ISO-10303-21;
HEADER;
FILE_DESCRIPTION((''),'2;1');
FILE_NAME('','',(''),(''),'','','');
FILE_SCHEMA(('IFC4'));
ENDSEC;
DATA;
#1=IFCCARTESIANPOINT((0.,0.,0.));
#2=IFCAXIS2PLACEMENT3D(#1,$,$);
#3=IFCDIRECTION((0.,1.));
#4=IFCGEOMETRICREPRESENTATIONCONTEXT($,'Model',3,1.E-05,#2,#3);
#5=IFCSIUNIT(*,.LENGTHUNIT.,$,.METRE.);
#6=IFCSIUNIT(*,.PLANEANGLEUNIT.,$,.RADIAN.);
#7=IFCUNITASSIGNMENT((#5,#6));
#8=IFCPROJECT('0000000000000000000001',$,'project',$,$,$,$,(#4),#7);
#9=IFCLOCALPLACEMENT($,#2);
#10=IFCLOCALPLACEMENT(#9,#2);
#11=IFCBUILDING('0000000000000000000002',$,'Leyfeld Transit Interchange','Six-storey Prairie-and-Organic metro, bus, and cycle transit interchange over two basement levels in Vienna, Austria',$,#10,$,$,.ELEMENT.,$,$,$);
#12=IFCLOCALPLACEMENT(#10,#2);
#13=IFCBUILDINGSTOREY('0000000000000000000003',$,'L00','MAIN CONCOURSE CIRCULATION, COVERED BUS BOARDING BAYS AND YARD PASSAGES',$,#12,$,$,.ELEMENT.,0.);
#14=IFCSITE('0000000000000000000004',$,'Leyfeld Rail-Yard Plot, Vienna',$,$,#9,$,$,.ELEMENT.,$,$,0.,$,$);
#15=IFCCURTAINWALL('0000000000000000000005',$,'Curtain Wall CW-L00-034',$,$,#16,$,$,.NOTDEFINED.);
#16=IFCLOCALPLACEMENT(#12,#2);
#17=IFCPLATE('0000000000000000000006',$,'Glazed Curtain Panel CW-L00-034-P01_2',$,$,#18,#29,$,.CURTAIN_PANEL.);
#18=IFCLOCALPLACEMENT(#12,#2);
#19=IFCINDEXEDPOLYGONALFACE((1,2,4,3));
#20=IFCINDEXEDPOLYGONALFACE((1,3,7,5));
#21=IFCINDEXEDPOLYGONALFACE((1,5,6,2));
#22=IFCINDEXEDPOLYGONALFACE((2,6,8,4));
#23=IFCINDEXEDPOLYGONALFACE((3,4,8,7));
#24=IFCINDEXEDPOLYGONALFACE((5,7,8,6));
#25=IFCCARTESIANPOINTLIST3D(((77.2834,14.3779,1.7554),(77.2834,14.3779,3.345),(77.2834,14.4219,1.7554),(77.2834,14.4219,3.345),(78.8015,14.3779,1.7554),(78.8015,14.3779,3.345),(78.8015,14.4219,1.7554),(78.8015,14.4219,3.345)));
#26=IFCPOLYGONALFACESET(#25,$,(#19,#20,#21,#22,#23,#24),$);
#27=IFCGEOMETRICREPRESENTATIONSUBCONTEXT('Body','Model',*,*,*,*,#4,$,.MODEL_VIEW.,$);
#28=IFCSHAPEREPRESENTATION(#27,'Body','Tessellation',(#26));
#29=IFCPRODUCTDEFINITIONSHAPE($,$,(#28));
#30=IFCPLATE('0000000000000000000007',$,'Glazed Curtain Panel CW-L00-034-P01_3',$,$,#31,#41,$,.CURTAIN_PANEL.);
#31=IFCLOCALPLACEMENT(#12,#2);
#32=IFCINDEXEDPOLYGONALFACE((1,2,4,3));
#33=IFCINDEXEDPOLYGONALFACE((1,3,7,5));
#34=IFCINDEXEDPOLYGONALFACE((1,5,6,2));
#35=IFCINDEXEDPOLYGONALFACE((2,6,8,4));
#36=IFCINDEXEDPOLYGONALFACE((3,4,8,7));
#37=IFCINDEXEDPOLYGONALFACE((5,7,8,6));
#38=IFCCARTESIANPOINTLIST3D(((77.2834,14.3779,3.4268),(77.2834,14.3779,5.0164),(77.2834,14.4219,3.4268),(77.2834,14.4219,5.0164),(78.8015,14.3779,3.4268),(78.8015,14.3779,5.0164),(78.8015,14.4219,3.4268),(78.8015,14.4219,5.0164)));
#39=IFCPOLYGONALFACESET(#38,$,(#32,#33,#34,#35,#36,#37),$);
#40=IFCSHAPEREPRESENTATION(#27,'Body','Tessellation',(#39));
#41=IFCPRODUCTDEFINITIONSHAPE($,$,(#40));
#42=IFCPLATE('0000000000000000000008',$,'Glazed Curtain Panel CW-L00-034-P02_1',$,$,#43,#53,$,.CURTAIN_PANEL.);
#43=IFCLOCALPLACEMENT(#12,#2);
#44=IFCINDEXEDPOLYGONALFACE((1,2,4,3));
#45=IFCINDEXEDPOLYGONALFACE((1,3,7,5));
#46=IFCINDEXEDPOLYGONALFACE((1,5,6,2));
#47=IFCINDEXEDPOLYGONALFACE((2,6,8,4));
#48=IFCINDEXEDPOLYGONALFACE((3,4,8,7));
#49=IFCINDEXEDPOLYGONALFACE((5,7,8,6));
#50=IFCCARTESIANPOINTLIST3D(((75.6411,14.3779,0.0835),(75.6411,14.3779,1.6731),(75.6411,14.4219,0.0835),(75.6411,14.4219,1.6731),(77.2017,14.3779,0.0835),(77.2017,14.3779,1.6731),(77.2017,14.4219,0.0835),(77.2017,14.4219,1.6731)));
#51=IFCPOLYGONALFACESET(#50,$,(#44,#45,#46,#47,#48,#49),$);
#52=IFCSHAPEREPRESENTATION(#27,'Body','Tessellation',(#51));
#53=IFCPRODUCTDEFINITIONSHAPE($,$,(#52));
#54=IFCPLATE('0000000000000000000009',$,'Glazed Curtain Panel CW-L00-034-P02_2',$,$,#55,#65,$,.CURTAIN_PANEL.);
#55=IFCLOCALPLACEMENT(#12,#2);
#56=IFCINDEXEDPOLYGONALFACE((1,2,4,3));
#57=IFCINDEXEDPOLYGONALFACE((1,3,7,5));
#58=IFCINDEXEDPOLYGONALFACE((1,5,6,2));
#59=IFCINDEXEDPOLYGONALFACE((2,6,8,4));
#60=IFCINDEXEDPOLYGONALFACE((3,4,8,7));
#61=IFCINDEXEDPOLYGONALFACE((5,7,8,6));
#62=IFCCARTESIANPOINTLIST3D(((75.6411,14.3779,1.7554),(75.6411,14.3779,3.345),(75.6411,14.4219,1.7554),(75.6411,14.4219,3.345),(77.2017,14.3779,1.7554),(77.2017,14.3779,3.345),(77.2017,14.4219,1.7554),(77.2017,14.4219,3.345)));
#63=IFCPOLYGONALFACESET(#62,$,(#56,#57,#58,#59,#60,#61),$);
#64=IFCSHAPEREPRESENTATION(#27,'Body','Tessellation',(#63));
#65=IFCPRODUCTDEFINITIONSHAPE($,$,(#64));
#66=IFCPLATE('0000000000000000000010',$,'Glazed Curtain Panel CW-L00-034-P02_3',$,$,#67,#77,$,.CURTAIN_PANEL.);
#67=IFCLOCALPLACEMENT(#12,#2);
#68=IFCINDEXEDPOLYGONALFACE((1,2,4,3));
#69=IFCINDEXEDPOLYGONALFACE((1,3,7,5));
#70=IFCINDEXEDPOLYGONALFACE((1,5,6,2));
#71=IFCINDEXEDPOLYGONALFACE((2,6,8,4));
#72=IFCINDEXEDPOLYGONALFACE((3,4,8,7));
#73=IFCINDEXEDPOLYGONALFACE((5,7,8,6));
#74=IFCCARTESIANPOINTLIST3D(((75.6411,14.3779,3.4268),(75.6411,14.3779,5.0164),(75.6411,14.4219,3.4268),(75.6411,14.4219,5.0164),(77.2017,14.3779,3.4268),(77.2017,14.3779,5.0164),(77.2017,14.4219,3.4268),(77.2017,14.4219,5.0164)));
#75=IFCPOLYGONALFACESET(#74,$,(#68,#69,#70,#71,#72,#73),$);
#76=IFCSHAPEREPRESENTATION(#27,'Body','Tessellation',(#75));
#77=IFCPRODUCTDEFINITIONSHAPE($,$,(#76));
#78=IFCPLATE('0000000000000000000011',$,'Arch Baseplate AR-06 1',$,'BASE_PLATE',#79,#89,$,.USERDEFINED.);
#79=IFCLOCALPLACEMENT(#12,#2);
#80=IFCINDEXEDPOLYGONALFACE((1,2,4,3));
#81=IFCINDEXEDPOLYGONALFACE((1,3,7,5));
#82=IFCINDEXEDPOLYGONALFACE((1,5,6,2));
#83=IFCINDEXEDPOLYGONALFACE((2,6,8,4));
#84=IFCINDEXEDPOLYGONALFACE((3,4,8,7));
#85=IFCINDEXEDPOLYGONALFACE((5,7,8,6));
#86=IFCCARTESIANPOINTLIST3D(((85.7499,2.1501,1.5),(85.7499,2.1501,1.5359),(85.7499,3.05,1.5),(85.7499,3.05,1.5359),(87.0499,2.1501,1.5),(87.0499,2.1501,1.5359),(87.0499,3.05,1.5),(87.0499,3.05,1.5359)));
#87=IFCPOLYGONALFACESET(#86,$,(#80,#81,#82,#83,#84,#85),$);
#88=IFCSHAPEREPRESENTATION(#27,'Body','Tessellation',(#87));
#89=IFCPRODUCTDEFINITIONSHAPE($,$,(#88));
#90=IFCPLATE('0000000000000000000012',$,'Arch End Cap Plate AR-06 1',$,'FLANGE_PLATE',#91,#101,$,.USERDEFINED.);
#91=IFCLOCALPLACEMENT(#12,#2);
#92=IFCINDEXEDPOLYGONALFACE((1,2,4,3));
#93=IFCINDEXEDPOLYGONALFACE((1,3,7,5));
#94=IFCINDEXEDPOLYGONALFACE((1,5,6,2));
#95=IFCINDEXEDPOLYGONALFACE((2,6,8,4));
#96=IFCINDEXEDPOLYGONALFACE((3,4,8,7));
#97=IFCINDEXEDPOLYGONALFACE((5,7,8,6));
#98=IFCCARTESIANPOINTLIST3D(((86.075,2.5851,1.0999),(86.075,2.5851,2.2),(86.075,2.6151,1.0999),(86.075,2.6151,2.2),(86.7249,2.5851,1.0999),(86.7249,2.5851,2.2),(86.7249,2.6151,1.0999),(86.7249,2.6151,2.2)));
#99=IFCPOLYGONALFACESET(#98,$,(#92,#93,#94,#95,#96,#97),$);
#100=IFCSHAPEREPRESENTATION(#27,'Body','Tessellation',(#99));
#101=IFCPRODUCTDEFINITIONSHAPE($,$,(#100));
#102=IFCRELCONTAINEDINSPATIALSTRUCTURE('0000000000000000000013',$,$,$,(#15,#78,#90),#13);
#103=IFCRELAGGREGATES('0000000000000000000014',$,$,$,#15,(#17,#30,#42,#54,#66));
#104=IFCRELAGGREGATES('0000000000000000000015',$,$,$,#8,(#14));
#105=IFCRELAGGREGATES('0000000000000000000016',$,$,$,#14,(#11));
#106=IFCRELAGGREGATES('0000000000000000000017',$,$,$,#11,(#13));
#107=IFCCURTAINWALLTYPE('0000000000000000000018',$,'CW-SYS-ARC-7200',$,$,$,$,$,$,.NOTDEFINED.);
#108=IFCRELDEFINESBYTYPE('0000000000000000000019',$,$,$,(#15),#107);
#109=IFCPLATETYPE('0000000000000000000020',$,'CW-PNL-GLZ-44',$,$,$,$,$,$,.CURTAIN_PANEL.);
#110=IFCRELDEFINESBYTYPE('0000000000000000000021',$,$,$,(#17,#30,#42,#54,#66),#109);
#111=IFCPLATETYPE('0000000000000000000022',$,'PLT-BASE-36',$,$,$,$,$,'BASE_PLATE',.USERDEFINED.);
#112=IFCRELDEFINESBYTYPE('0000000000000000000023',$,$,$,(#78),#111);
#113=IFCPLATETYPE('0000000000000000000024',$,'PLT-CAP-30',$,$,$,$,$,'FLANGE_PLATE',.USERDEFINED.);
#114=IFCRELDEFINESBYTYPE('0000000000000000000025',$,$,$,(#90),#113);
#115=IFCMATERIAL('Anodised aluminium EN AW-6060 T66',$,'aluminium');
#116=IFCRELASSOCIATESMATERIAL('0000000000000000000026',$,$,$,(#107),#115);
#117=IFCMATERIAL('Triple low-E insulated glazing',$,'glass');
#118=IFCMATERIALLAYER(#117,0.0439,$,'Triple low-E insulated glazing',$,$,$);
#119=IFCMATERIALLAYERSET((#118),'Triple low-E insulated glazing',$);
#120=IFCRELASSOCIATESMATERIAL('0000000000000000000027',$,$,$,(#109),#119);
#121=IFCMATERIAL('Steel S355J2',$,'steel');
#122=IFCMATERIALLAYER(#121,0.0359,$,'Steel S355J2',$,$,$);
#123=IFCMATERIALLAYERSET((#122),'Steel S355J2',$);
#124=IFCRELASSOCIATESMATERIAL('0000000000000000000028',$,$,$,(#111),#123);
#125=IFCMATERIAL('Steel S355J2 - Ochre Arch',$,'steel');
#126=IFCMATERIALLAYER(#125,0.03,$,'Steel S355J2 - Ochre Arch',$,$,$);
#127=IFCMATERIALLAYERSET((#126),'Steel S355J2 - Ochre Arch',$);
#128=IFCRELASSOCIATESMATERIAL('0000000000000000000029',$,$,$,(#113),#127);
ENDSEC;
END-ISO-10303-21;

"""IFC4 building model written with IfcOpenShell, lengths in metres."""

from ifc_helpers import new_model, si_unit, direction, frame, origin, origin_2d, place, context, subcontext, project, spatial, rectangle, extrude, material, layer, layer_set, type_object, element, aggregate, save


model = new_model("IFC4")

# Units and contexts
model_context = context("Model", 3, precision=1e-05, world=origin(), true_north=direction((0.0, 1.0)))
body_context = subcontext(model_context, "Body", "Model", "MODEL_VIEW")
ifc_project = project(units=[si_unit("LENGTHUNIT", "METRE"), si_unit("PLANEANGLEUNIT", "RADIAN")], contexts=[model_context])

# Site, building, storey
site_placement = place(None, origin())
site = spatial("IfcSite", under=ifc_project, at=site_placement, Name="Leyfeld Rail-Yard Plot, Vienna", CompositionType="ELEMENT", RefElevation=0.0)
building_placement = place(site_placement, origin())
building = spatial("IfcBuilding", under=site, at=building_placement, Name="Leyfeld Transit Interchange", Description="Six-storey Prairie-and-Organic metro, bus, and cycle transit interchange over two basement levels in Vienna, Austria", CompositionType="ELEMENT")
storey_placement = place(building_placement, origin())
storey = spatial("IfcBuildingStorey", under=building, at=storey_placement, Name="L00", Description="MAIN CONCOURSE CIRCULATION, COVERED BUS BOARDING BAYS AND YARD PASSAGES", CompositionType="ELEMENT", Elevation=0.0)

# Curtain wall, plates
ifc_material_1 = material(Name="Anodised aluminium EN AW-6060 T66", Category="aluminium")
curtain_wall_type = type_object("IfcCurtainWallType", Name="CW-SYS-ARC-7200", PredefinedType="NOTDEFINED", material=ifc_material_1)
curtain_wall_placement = place(storey_placement, origin())
curtain_wall = element("IfcCurtainWall", 1, at=curtain_wall_placement, inside=storey, type_object=curtain_wall_type, Name="Curtain Wall CW-L00-034", PredefinedType="NOTDEFINED")
ifc_material_2 = material(Name="Triple low-E insulated glazing", Category="glass")
ifc_layer_1 = layer(ifc_material_2, 0.0439, Name="Triple low-E insulated glazing")
ifc_layer_set_1 = layer_set([ifc_layer_1], Name="Triple low-E insulated glazing")
plate_type_1 = type_object("IfcPlateType", Name="CW-PNL-GLZ-44", PredefinedType="CURTAIN_PANEL", material=ifc_layer_set_1)
plate_1_placement = place(storey_placement, frame((78.0425, 14.3999, 1.7554), z_axis=(0.0, 0.0, 1.0), x_axis=(-1.0, 0.0, 0.0)))
plate_1 = element("IfcPlate", 2, at=plate_1_placement, type_object=plate_type_1, Name="Glazed Curtain Panel CW-L00-034-P01_2", PredefinedType="CURTAIN_PANEL", context=body_context, shape_type="SweptSolid", body=[
    extrude(rectangle(XDim=1.5181, YDim=0.0439, at=origin_2d()), origin(), (0.0, 0.0, 1.0), 1.5896),
])
plate_2_placement = place(storey_placement, frame((78.0425, 14.3999, 3.4268), z_axis=(0.0, 0.0, 1.0), x_axis=(-1.0, 0.0, 0.0)))
plate_2 = element("IfcPlate", 3, at=plate_2_placement, type_object=plate_type_1, Name="Glazed Curtain Panel CW-L00-034-P01_3", PredefinedType="CURTAIN_PANEL", context=body_context, shape_type="SweptSolid", body=[
    extrude(rectangle(XDim=1.5181, YDim=0.0439, at=origin_2d()), origin(), (0.0, 0.0, 1.0), 1.5896),
])
plate_3_placement = place(storey_placement, frame((76.4214, 14.3999, 0.0835), z_axis=(0.0, 0.0, 1.0), x_axis=(-1.0, 0.0, 0.0)))
plate_3 = element("IfcPlate", 4, at=plate_3_placement, type_object=plate_type_1, Name="Glazed Curtain Panel CW-L00-034-P02_1", PredefinedType="CURTAIN_PANEL", context=body_context, shape_type="SweptSolid", body=[
    extrude(rectangle(XDim=1.5605, YDim=0.0439, at=origin_2d()), origin(), (0.0, 0.0, 1.0), 1.5896),
])
plate_4_placement = place(storey_placement, frame((76.4214, 14.3999, 1.7554), z_axis=(0.0, 0.0, 1.0), x_axis=(-1.0, 0.0, 0.0)))
plate_4 = element("IfcPlate", 5, at=plate_4_placement, type_object=plate_type_1, Name="Glazed Curtain Panel CW-L00-034-P02_2", PredefinedType="CURTAIN_PANEL", context=body_context, shape_type="SweptSolid", body=[
    extrude(rectangle(XDim=1.5605, YDim=0.0439, at=origin_2d()), origin(), (0.0, 0.0, 1.0), 1.5896),
])
plate_5_placement = place(storey_placement, frame((76.4214, 14.3999, 3.4268), z_axis=(0.0, 0.0, 1.0), x_axis=(-1.0, 0.0, 0.0)))
plate_5 = element("IfcPlate", 6, at=plate_5_placement, type_object=plate_type_1, Name="Glazed Curtain Panel CW-L00-034-P02_3", PredefinedType="CURTAIN_PANEL", context=body_context, shape_type="SweptSolid", body=[
    extrude(rectangle(XDim=1.5605, YDim=0.0439, at=origin_2d()), origin(), (0.0, 0.0, 1.0), 1.5896),
])
aggregate(curtain_wall, [plate_1, plate_2, plate_3, plate_4, plate_5])

# Plates
ifc_material_3 = material(Name="Steel S355J2", Category="steel")
ifc_layer_2 = layer(ifc_material_3, 0.0359, Name="Steel S355J2")
ifc_layer_set_2 = layer_set([ifc_layer_2], Name="Steel S355J2")
plate_type_2 = type_object("IfcPlateType", Name="PLT-BASE-36", ElementType="BASE_PLATE", PredefinedType="USERDEFINED", material=ifc_layer_set_2)
plate_6_placement = place(storey_placement, frame((86.3999, 2.6001, 1.5), z_axis=(0.0, 0.0, 1.0), x_axis=(1.0, 0.0, 0.0)))
element("IfcPlate", 7, at=plate_6_placement, inside=storey, type_object=plate_type_2, Name="Arch Baseplate AR-06 1", ObjectType="BASE_PLATE", PredefinedType="USERDEFINED", context=body_context, shape_type="SweptSolid", body=[
    extrude(rectangle(XDim=1.3, YDim=0.8999, at=origin_2d()), origin(), (0.0, 0.0, 1.0), 0.0359),
])
ifc_material_4 = material(Name="Steel S355J2 - Ochre Arch", Category="steel")
ifc_layer_3 = layer(ifc_material_4, 0.03, Name="Steel S355J2 - Ochre Arch")
ifc_layer_set_3 = layer_set([ifc_layer_3], Name="Steel S355J2 - Ochre Arch")
plate_type_3 = type_object("IfcPlateType", Name="PLT-CAP-30", ElementType="FLANGE_PLATE", PredefinedType="USERDEFINED", material=ifc_layer_set_3)
plate_7_placement = place(storey_placement, frame((86.3999, 2.6001, 1.0999), z_axis=(0.0, 0.0, 1.0), x_axis=(1.0, 0.0, 0.0)))
element("IfcPlate", 8, at=plate_7_placement, inside=storey, type_object=plate_type_3, Name="Arch End Cap Plate AR-06 1", ObjectType="FLANGE_PLATE", PredefinedType="USERDEFINED", context=body_context, shape_type="SweptSolid", body=[
    extrude(rectangle(XDim=0.6499, YDim=0.03, at=origin_2d()), origin(), (0.0, 0.0, 1.0), 1.1001),
])

save(model, "model.ifc")
